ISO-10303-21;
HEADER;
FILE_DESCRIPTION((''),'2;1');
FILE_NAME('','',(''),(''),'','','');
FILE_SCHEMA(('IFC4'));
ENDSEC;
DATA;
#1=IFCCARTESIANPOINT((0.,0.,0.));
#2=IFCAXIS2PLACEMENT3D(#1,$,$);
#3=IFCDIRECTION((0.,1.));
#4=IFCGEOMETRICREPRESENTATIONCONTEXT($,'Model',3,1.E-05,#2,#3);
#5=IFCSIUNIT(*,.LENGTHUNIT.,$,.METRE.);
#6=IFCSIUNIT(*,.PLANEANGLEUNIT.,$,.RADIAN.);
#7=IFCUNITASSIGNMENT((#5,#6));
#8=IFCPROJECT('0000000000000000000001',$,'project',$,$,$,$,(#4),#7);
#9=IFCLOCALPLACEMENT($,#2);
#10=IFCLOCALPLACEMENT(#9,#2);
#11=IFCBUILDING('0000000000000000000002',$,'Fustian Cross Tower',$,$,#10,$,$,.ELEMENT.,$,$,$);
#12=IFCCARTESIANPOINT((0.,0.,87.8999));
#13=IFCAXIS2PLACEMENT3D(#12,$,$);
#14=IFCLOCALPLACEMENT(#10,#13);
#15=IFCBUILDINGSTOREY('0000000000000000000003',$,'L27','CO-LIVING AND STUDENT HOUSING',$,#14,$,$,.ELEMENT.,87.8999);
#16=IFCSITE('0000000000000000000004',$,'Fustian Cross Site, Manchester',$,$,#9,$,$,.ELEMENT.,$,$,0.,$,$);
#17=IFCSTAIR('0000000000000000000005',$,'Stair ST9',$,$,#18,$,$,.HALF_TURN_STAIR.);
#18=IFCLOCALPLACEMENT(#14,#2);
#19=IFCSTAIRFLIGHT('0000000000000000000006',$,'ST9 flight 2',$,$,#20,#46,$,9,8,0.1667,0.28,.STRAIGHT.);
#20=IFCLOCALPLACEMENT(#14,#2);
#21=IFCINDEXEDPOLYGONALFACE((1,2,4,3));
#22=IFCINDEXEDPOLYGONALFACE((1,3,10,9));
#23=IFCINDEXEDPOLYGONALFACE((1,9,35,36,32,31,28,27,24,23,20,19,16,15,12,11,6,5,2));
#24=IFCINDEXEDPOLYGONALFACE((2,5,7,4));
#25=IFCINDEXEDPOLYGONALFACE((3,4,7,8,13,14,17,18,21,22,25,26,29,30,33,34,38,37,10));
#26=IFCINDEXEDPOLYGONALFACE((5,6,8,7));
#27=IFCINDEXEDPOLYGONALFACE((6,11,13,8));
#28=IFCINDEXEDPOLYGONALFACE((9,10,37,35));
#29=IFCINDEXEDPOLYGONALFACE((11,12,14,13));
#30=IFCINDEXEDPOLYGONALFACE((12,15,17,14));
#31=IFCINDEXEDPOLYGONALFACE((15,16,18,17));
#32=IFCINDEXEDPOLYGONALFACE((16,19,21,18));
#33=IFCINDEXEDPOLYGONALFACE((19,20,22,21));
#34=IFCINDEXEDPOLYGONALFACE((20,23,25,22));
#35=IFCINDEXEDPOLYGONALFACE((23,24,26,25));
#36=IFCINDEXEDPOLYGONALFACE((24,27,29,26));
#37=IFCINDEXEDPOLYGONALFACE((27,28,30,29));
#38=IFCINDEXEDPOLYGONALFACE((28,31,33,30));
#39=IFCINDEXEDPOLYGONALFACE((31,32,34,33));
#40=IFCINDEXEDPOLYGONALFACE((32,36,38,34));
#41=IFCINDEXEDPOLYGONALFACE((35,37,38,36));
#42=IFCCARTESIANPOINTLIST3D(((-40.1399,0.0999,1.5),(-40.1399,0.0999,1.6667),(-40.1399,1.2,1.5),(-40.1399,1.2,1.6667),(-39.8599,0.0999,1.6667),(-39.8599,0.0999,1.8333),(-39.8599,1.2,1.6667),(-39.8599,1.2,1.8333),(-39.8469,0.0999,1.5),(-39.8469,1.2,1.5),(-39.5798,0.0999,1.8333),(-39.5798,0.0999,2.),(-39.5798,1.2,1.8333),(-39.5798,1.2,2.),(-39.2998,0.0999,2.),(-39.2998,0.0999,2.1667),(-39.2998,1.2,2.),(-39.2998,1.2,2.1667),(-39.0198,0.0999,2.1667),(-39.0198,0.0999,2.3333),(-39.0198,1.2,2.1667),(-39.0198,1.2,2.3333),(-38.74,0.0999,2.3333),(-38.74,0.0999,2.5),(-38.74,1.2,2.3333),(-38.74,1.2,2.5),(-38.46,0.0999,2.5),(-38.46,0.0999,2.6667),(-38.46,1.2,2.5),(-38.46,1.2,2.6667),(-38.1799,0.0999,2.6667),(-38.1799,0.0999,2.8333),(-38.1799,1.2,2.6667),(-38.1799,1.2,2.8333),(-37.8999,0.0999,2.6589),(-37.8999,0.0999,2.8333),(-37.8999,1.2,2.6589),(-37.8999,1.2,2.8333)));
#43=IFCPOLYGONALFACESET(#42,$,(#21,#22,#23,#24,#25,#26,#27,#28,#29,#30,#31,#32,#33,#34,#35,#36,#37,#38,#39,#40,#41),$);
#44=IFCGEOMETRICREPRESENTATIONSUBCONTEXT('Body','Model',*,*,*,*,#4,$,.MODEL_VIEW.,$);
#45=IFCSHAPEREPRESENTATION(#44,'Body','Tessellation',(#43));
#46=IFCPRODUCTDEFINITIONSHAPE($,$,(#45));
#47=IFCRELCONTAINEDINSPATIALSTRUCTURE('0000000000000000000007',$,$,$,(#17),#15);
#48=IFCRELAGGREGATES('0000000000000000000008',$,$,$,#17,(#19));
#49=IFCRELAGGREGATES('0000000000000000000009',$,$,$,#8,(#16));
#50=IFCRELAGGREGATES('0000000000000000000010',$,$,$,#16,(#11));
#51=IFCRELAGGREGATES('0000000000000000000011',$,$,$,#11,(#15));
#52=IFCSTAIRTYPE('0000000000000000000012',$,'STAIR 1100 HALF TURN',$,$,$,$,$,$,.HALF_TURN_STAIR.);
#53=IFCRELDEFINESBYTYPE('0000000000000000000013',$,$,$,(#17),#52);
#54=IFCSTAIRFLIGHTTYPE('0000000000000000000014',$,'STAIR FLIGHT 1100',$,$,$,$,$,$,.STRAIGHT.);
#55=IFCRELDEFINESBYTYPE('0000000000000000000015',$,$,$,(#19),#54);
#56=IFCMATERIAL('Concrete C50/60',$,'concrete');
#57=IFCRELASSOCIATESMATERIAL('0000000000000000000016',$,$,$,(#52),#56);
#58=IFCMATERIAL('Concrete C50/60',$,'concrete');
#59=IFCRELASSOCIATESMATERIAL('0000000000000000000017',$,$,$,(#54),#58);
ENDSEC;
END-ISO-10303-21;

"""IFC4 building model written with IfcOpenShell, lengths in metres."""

from ifc_helpers import new_model, si_unit, direction, frame, origin, place, context, subcontext, project, spatial, polyline, outline, extrude, material, type_object, element, aggregate, save


model = new_model("IFC4")

# Units and contexts
model_context = context("Model", 3, precision=1e-05, world=origin(), true_north=direction((0.0, 1.0)))
body_context = subcontext(model_context, "Body", "Model", "MODEL_VIEW")
ifc_project = project(units=[si_unit("LENGTHUNIT", "METRE"), si_unit("PLANEANGLEUNIT", "RADIAN")], contexts=[model_context])

# Site, building, storey
site_placement = place(None, origin())
site = spatial("IfcSite", under=ifc_project, at=site_placement, Name="Fustian Cross Site, Manchester", CompositionType="ELEMENT", RefElevation=0.0)
building_placement = place(site_placement, origin())
building = spatial("IfcBuilding", under=site, at=building_placement, Name="Fustian Cross Tower", CompositionType="ELEMENT")
storey_placement = place(building_placement, frame((0.0, 0.0, 87.8999)))
storey = spatial("IfcBuildingStorey", under=building, at=storey_placement, Name="L27", Description="CO-LIVING AND STUDENT HOUSING", CompositionType="ELEMENT", Elevation=87.8999)

# Stair, stair flight
ifc_material_1 = material(Name="Concrete C50/60", Category="concrete")
stair_type = type_object("IfcStairType", Name="STAIR 1100 HALF TURN", PredefinedType="HALF_TURN_STAIR", material=ifc_material_1)
stair_placement = place(storey_placement, origin())
stair = element("IfcStair", 1, at=stair_placement, inside=storey, type_object=stair_type, Name="Stair ST9", PredefinedType="HALF_TURN_STAIR")
ifc_material_2 = material(Name="Concrete C50/60", Category="concrete")
stair_flight_type = type_object("IfcStairFlightType", Name="STAIR FLIGHT 1100", PredefinedType="STRAIGHT", material=ifc_material_2)
stair_flight_placement = place(storey_placement, frame((-40.1399, 0.6499, 1.5), z_axis=(0.0, 0.0, 1.0), x_axis=(1.0, 0.0, 0.0)))
stair_flight = element("IfcStairFlight", 2, at=stair_flight_placement, type_object=stair_flight_type, Name="ST9 flight 2", NumberOfRisers=9, NumberOfTreads=8, PredefinedType="STRAIGHT", RiserHeight=0.1667, TreadLength=0.28, context=body_context, shape_type="SweptSolid", body=[
    extrude(outline(polyline([(0.0, 0.0), (0.0, 0.1667), (0.28, 0.1667), (0.28, 0.3333), (0.5601, 0.3333), (0.5601, 0.5), (0.8401, 0.5), (0.8401, 0.6667), (1.1201, 0.6667), (1.1201, 0.8333), (1.3999, 0.8333), (1.3999, 1.0), (1.6799, 1.0), (1.6799, 1.1667), (1.96, 1.1667), (1.96, 1.3333), (2.24, 1.3333), (2.24, 1.5), (2.24, 1.1589), (0.293, 0.0), (0.0, 0.0)])), frame((0.0, 0.55, 0.0), z_axis=(0.0, -1.0, 0.0), x_axis=(1.0, 0.0, 0.0)), (0.0, 0.0, 1.0), 1.1001),
])
aggregate(stair, [stair_flight])

save(model, "model.ifc")
